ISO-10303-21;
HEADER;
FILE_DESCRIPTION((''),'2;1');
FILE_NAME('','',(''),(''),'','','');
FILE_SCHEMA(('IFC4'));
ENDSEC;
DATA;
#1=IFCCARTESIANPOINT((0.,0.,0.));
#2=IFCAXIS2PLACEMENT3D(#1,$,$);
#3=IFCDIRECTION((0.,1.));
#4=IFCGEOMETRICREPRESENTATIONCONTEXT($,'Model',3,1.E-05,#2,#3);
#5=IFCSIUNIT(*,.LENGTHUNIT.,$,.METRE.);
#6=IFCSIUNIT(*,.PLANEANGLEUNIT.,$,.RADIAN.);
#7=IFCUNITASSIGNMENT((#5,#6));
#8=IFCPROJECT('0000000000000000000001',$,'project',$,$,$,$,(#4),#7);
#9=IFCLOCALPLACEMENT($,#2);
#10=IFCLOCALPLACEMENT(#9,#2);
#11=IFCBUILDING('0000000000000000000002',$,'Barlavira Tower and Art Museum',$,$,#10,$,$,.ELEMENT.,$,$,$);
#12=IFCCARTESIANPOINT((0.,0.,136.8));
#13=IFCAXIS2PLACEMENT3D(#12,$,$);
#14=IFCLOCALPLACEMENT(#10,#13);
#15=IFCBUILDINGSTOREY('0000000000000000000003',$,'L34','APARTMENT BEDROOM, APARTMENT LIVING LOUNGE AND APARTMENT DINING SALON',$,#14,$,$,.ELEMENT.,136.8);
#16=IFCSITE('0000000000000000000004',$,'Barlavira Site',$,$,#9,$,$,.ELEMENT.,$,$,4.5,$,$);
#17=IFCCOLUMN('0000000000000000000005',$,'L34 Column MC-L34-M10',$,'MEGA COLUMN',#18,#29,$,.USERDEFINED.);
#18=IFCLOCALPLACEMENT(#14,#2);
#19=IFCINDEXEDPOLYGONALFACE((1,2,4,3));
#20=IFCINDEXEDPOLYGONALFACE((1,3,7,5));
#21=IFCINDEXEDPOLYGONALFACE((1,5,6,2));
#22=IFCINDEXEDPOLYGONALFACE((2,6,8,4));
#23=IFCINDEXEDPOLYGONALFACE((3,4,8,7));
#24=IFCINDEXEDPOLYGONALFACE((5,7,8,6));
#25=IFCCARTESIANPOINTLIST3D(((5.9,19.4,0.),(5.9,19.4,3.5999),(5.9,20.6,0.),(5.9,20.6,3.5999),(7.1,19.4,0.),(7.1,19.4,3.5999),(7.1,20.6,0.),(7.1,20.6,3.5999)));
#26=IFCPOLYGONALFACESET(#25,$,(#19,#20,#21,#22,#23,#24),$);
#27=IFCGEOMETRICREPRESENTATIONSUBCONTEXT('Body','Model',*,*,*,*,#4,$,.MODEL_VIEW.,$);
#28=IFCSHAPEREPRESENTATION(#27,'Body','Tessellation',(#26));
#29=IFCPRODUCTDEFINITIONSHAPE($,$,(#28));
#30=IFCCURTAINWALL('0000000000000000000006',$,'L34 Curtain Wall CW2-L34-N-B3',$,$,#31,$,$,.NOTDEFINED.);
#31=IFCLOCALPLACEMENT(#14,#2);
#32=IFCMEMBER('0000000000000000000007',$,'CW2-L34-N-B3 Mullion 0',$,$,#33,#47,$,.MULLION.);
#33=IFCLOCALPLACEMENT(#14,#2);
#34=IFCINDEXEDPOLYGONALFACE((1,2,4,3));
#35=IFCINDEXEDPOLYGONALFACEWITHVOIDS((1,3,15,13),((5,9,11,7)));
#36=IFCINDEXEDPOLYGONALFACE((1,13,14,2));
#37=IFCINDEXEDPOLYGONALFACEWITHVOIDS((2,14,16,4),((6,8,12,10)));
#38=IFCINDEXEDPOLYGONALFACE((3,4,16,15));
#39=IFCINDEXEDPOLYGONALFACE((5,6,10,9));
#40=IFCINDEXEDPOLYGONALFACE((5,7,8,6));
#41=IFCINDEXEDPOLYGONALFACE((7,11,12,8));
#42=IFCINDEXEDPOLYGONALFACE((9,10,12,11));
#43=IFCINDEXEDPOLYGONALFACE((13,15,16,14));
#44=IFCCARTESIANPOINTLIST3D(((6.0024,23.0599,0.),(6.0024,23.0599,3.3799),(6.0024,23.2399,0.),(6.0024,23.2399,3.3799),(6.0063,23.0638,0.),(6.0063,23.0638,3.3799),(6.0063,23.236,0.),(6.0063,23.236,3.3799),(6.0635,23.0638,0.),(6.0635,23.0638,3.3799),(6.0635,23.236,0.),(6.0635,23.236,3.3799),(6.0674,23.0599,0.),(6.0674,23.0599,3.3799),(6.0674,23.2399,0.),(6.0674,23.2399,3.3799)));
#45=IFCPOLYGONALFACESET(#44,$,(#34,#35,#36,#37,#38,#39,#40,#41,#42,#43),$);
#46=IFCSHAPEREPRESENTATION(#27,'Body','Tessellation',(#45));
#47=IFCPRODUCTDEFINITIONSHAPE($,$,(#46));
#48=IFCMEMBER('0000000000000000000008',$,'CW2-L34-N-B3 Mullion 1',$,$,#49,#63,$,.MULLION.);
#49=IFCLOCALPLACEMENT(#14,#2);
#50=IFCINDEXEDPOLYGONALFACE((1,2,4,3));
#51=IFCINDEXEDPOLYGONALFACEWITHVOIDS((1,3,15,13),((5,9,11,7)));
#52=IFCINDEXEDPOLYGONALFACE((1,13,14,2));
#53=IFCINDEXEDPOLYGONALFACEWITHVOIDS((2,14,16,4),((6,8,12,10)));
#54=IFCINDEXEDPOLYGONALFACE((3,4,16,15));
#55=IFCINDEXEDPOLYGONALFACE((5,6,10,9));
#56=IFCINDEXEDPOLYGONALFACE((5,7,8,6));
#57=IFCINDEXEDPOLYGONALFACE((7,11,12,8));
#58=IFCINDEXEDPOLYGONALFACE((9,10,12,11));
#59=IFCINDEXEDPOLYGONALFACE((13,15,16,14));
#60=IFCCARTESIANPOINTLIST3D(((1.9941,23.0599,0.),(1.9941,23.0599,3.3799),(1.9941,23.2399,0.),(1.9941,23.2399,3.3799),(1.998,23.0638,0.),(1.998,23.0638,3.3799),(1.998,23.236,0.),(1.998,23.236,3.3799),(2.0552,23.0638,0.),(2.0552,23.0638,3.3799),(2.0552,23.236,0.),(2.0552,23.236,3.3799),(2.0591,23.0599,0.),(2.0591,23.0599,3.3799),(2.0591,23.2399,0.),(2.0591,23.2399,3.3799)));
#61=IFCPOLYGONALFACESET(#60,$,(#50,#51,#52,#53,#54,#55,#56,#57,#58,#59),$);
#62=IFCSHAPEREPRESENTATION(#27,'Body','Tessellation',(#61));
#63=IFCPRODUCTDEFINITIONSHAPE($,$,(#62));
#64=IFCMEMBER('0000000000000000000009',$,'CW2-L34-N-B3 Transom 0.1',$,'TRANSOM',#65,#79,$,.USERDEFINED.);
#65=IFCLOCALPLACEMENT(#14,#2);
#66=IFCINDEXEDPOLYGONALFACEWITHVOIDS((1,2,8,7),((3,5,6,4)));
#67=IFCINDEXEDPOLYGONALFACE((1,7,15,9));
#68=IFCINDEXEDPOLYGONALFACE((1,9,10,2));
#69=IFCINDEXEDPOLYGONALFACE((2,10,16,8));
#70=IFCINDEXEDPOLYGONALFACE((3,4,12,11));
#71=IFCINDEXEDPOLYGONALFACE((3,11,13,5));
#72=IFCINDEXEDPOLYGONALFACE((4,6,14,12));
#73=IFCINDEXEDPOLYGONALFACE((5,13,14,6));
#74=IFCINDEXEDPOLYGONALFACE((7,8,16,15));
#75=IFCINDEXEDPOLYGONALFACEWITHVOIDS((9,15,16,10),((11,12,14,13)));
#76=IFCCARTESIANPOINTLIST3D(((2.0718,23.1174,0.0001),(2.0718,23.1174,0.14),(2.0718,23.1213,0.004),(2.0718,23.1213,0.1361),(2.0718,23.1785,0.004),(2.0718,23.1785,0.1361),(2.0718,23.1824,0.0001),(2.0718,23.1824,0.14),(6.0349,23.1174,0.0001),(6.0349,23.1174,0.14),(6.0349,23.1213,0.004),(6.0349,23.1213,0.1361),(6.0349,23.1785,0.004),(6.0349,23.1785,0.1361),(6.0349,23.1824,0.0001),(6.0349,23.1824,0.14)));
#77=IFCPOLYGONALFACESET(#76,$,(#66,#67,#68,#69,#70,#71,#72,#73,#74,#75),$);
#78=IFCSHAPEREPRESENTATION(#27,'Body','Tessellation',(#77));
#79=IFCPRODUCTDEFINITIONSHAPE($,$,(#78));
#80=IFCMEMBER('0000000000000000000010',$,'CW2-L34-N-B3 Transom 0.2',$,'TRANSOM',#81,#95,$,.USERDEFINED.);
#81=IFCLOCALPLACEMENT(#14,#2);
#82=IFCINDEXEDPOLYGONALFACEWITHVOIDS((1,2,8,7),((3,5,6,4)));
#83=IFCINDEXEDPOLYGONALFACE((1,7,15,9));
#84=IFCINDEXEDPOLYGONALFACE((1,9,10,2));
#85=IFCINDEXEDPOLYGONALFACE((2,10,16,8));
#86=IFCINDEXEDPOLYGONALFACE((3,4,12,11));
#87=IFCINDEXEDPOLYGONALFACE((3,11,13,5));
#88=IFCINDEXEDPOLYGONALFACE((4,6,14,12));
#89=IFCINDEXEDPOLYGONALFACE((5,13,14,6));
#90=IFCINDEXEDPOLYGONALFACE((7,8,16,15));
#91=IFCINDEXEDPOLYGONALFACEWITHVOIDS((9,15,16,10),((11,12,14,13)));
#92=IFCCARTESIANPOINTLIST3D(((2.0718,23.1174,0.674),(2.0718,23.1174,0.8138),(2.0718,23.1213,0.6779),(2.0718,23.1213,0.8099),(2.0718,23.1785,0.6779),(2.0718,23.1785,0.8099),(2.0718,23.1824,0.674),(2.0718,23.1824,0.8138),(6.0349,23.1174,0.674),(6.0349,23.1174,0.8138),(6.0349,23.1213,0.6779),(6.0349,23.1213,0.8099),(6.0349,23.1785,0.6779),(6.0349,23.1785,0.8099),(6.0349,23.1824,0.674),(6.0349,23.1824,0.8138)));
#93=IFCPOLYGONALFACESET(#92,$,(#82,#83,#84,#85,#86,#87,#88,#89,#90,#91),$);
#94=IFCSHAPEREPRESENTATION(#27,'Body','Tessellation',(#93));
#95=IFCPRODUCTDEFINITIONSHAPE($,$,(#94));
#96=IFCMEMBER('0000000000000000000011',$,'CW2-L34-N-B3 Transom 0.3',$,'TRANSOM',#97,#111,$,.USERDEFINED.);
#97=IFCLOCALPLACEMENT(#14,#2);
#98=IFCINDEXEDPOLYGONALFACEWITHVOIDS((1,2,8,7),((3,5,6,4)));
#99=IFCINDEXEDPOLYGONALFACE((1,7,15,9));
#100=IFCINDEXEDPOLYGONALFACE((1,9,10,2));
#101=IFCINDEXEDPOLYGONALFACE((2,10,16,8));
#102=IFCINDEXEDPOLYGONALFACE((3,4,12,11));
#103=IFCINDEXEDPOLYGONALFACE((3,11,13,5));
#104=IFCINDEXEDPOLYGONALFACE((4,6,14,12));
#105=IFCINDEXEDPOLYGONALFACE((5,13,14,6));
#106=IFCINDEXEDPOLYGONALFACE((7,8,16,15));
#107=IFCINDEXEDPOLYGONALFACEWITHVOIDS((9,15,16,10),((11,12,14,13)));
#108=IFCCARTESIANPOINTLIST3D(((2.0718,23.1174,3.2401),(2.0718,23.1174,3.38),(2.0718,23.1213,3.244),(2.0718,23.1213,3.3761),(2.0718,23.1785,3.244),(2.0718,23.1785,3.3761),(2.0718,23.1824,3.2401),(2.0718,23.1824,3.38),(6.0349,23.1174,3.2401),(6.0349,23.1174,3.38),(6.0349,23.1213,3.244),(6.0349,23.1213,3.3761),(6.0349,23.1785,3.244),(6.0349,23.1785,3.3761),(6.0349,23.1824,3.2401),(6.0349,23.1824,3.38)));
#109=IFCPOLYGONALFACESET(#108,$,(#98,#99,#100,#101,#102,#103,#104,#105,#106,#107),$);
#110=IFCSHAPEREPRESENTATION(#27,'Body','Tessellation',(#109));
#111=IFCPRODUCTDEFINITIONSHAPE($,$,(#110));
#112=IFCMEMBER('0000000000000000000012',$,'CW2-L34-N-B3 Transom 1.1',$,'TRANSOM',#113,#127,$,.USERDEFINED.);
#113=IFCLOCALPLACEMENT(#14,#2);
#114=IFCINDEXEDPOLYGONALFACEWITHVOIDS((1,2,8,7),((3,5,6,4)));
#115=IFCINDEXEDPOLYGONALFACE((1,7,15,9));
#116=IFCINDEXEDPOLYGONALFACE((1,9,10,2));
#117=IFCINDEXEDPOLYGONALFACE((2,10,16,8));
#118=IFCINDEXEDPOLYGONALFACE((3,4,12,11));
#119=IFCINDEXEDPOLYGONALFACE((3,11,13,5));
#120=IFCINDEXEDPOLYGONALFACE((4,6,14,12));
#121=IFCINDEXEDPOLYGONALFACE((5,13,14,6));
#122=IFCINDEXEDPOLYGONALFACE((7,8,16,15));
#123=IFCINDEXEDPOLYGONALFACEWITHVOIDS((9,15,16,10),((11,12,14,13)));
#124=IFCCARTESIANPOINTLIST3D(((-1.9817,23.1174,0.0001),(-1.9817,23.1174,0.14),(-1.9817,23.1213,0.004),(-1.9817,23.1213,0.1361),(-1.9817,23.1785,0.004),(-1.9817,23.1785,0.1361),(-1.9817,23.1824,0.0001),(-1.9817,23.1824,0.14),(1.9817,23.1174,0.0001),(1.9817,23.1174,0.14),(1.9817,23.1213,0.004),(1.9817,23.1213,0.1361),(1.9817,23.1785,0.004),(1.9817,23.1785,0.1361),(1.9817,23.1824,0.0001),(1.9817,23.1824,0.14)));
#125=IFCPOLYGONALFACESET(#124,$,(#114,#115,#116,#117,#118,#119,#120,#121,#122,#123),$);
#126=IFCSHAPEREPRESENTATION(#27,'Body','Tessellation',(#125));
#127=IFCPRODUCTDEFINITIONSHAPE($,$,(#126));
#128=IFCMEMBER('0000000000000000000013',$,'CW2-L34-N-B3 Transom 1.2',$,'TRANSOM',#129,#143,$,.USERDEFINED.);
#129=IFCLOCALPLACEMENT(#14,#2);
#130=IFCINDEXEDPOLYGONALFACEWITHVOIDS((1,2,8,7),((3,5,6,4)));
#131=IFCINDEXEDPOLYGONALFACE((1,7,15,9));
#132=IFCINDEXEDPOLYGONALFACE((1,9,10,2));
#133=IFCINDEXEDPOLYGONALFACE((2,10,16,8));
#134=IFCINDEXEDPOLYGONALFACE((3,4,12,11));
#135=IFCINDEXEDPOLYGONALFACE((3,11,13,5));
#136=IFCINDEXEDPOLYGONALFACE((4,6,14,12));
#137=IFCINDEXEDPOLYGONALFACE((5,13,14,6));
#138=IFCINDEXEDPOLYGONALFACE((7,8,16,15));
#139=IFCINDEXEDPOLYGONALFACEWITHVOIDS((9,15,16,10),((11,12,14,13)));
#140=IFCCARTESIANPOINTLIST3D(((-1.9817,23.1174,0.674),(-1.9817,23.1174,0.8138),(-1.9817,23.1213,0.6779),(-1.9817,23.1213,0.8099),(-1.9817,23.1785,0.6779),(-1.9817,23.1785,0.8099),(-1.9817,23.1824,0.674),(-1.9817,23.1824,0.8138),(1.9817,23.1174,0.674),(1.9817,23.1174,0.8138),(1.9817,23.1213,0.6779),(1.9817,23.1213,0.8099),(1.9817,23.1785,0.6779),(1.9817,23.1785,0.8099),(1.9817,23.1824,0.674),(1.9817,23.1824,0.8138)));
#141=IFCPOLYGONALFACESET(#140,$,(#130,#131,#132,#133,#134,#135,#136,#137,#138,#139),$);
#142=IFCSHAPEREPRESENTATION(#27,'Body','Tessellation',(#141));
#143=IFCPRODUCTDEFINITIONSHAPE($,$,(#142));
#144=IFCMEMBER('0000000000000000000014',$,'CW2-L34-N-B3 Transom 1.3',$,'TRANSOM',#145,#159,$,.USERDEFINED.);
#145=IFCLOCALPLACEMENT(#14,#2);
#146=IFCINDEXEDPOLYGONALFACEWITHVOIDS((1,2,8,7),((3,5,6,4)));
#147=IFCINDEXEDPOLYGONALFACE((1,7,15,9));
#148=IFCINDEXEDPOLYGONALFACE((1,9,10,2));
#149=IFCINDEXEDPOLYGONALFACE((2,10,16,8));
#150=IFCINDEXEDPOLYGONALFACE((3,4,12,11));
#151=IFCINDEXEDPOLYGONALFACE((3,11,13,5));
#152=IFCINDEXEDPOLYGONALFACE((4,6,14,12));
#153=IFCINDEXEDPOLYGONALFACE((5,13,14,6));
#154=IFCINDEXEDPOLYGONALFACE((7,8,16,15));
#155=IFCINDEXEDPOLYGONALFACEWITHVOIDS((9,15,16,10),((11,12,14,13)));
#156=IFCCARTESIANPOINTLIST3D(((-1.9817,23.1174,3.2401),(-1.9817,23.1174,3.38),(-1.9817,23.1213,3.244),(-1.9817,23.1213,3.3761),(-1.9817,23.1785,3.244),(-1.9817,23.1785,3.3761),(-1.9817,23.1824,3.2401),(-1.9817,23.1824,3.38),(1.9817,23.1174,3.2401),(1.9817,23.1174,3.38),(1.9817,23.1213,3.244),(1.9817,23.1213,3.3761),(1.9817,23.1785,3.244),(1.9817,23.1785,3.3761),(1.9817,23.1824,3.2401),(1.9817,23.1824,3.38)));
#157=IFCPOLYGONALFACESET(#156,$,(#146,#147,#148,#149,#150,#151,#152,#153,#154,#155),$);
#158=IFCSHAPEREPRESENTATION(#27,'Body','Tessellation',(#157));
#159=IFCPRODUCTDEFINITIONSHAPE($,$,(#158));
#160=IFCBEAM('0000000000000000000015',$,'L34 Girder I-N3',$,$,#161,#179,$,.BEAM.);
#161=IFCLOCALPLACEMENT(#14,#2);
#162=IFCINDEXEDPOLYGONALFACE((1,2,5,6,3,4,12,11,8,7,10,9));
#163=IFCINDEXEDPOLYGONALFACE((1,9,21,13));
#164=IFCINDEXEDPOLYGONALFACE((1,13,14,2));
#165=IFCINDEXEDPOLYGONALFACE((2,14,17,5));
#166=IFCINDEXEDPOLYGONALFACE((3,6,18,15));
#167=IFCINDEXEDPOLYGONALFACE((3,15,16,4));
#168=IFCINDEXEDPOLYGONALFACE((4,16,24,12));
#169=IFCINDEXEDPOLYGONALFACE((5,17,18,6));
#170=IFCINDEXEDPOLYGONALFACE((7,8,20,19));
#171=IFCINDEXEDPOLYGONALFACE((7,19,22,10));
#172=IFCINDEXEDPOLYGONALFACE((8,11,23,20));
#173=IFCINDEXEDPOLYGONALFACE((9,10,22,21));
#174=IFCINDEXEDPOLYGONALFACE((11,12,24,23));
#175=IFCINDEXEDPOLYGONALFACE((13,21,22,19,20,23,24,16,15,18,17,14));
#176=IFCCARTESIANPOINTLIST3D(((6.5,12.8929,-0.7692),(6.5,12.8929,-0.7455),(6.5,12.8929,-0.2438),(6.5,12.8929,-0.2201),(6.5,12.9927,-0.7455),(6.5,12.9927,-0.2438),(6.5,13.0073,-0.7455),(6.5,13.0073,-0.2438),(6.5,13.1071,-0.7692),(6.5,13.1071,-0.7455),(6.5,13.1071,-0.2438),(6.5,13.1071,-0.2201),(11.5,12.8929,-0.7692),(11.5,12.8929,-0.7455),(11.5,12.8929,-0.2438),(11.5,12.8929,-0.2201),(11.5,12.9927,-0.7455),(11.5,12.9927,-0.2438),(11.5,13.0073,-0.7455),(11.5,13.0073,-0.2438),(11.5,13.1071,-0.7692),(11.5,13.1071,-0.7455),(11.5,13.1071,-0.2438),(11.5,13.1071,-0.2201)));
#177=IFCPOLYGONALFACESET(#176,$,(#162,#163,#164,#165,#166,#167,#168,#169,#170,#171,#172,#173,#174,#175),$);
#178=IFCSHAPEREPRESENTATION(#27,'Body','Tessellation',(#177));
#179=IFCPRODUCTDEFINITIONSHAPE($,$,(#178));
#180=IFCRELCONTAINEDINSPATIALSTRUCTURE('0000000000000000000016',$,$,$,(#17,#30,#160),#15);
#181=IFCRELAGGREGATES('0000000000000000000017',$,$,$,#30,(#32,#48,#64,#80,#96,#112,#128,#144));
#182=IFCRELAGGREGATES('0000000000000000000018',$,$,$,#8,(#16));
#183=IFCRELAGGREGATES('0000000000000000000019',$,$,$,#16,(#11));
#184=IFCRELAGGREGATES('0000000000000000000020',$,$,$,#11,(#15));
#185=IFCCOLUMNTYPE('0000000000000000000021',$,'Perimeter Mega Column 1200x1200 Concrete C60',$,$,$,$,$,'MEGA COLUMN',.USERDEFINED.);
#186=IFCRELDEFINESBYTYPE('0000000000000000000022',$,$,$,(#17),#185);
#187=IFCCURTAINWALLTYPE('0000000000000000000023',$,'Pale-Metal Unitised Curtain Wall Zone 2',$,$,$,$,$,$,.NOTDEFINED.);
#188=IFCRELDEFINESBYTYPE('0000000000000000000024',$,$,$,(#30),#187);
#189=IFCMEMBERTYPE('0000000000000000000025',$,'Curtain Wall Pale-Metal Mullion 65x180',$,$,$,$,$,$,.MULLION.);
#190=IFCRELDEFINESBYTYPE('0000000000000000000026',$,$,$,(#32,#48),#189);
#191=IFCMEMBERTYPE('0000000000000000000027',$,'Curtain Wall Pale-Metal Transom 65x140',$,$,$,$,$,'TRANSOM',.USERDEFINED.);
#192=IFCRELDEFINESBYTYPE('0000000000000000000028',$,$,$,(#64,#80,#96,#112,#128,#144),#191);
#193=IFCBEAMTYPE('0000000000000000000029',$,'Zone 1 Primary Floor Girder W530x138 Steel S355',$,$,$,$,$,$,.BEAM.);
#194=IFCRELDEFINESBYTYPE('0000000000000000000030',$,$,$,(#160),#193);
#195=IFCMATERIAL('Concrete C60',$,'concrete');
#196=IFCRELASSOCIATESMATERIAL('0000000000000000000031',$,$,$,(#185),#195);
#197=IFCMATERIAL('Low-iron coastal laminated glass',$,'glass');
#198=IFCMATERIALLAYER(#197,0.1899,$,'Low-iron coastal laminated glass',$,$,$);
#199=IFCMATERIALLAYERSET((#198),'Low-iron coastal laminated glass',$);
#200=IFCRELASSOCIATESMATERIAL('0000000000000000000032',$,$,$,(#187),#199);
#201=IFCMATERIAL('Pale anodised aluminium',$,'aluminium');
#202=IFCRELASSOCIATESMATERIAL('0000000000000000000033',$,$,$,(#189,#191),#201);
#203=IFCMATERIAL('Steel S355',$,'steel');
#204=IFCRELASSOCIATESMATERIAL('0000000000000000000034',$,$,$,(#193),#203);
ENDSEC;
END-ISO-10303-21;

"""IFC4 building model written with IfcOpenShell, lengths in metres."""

from ifc_helpers import new_model, si_unit, direction, frame, origin, origin_2d, place, context, subcontext, project, spatial, rectangle, hollow_rectangle, i_section, extrude, material, layer, layer_set, material_profile, profile_set, type_object, element, aggregate, save


model = new_model("IFC4")

# Units and contexts
model_context = context("Model", 3, precision=1e-05, world=origin(), true_north=direction((0.0, 1.0)))
body_context = subcontext(model_context, "Body", "Model", "MODEL_VIEW")
ifc_project = project(units=[si_unit("LENGTHUNIT", "METRE"), si_unit("PLANEANGLEUNIT", "RADIAN")], contexts=[model_context])

# Site, building, storey
site_placement = place(None, origin())
site = spatial("IfcSite", under=ifc_project, at=site_placement, Name="Barlavira Site", CompositionType="ELEMENT", RefElevation=4.5)
building_placement = place(site_placement, origin())
building = spatial("IfcBuilding", under=site, at=building_placement, Name="Barlavira Tower and Art Museum", CompositionType="ELEMENT")
storey_placement = place(building_placement, frame((0.0, 0.0, 136.8)))
storey = spatial("IfcBuildingStorey", under=building, at=storey_placement, Name="L34", Description="APARTMENT BEDROOM, APARTMENT LIVING LOUNGE AND APARTMENT DINING SALON", CompositionType="ELEMENT", Elevation=136.8)

# Column
ifc_material_1 = material(Name="Concrete C60", Category="concrete")
ifc_material_profile_1 = material_profile(ifc_material_1, rectangle(XDim=1.2, YDim=1.2, at=origin_2d()), Name="RC-COL 1200x1200")
ifc_profile_set_1 = profile_set([ifc_material_profile_1], Name="Concrete C60")
column_type = type_object("IfcColumnType", Name="Perimeter Mega Column 1200x1200 Concrete C60", ElementType="MEGA COLUMN", PredefinedType="USERDEFINED", material=ifc_profile_set_1)
column_placement = place(storey_placement, frame((6.5, 20.0, 0.0), z_axis=(0.0, 0.0, 1.0), x_axis=(1.0, 0.0, 0.0)))
element("IfcColumn", 1, at=column_placement, inside=storey, type_object=column_type, Name="L34 Column MC-L34-M10", ObjectType="MEGA COLUMN", PredefinedType="USERDEFINED", context=body_context, shape_type="SweptSolid", body=[
    extrude(rectangle(XDim=1.2, YDim=1.2, at=origin_2d()), origin(), (0.0, 0.0, 1.0), 3.5999),
])

# Curtain wall, members
ifc_material_2 = material(Name="Low-iron coastal laminated glass", Category="glass")
ifc_layer_1 = layer(ifc_material_2, 0.1899, Name="Low-iron coastal laminated glass")
ifc_layer_set_1 = layer_set([ifc_layer_1], Name="Low-iron coastal laminated glass")
curtain_wall_type = type_object("IfcCurtainWallType", Name="Pale-Metal Unitised Curtain Wall Zone 2", PredefinedType="NOTDEFINED", material=ifc_layer_set_1)
curtain_wall_placement = place(storey_placement, origin())
curtain_wall = element("IfcCurtainWall", 2, at=curtain_wall_placement, inside=storey, type_object=curtain_wall_type, Name="L34 Curtain Wall CW2-L34-N-B3", PredefinedType="NOTDEFINED")
ifc_material_3 = material(Name="Pale anodised aluminium", Category="aluminium")
ifc_material_profile_2 = material_profile(ifc_material_3, hollow_rectangle(XDim=0.0649, YDim=0.1799, WallThickness=0.0039, at=origin_2d()), Name="ALU-MULL 65x180x4")
ifc_profile_set_2 = profile_set([ifc_material_profile_2], Name="Pale anodised aluminium")
member_type_1 = type_object("IfcMemberType", Name="Curtain Wall Pale-Metal Mullion 65x180", PredefinedType="MULLION", material=ifc_profile_set_2)
member_1_placement = place(storey_placement, frame((6.0349, 23.1499, 0.0), z_axis=(0.0, 0.0, 1.0), x_axis=(-1.0, 0.0, 0.0)))
member_1 = element("IfcMember", 3, at=member_1_placement, type_object=member_type_1, Name="CW2-L34-N-B3 Mullion 0", PredefinedType="MULLION", context=body_context, shape_type="SweptSolid", body=[
    extrude(hollow_rectangle(XDim=0.0649, YDim=0.1799, WallThickness=0.0039, at=origin_2d()), origin(), (0.0, 0.0, 1.0), 3.3799),
])
member_2_placement = place(storey_placement, frame((2.0266, 23.1499, 0.0), z_axis=(0.0, 0.0, 1.0), x_axis=(-1.0, 0.0, 0.0)))
member_2 = element("IfcMember", 4, at=member_2_placement, type_object=member_type_1, Name="CW2-L34-N-B3 Mullion 1", PredefinedType="MULLION", context=body_context, shape_type="SweptSolid", body=[
    extrude(hollow_rectangle(XDim=0.0649, YDim=0.1799, WallThickness=0.0039, at=origin_2d()), origin(), (0.0, 0.0, 1.0), 3.3799),
])
ifc_material_profile_3 = material_profile(ifc_material_3, hollow_rectangle(XDim=0.0649, YDim=0.1399, WallThickness=0.0039, at=origin_2d()), Name="ALU-TRAN 65x140x4")
ifc_profile_set_3 = profile_set([ifc_material_profile_3], Name="Pale anodised aluminium")
member_type_2 = type_object("IfcMemberType", Name="Curtain Wall Pale-Metal Transom 65x140", ElementType="TRANSOM", PredefinedType="USERDEFINED", material=ifc_profile_set_3)
member_3_placement = place(storey_placement, frame((6.0349, 23.1499, 0.0701), z_axis=(-1.0, 0.0, 0.0), x_axis=(0.0, -1.0, 0.0)))
member_3 = element("IfcMember", 5, at=member_3_placement, type_object=member_type_2, Name="CW2-L34-N-B3 Transom 0.1", ObjectType="TRANSOM", PredefinedType="USERDEFINED", context=body_context, shape_type="SweptSolid", body=[
    extrude(hollow_rectangle(XDim=0.0649, YDim=0.1399, WallThickness=0.0039, at=origin_2d()), origin(), (0.0, 0.0, 1.0), 3.9631),
])
member_4_placement = place(storey_placement, frame((6.0349, 23.1499, 0.7439), z_axis=(-1.0, 0.0, 0.0), x_axis=(0.0, -1.0, 0.0)))
member_4 = element("IfcMember", 6, at=member_4_placement, type_object=member_type_2, Name="CW2-L34-N-B3 Transom 0.2", ObjectType="TRANSOM", PredefinedType="USERDEFINED", context=body_context, shape_type="SweptSolid", body=[
    extrude(hollow_rectangle(XDim=0.0649, YDim=0.1399, WallThickness=0.0039, at=origin_2d()), origin(), (0.0, 0.0, 1.0), 3.9631),
])
member_5_placement = place(storey_placement, frame((6.0349, 23.1499, 3.3101), z_axis=(-1.0, 0.0, 0.0), x_axis=(0.0, -1.0, 0.0)))
member_5 = element("IfcMember", 7, at=member_5_placement, type_object=member_type_2, Name="CW2-L34-N-B3 Transom 0.3", ObjectType="TRANSOM", PredefinedType="USERDEFINED", context=body_context, shape_type="SweptSolid", body=[
    extrude(hollow_rectangle(XDim=0.0649, YDim=0.1399, WallThickness=0.0039, at=origin_2d()), origin(), (0.0, 0.0, 1.0), 3.9631),
])
member_6_placement = place(storey_placement, frame((1.9817, 23.1499, 0.0701), z_axis=(-1.0, 0.0, 0.0), x_axis=(0.0, -1.0, 0.0)))
member_6 = element("IfcMember", 8, at=member_6_placement, type_object=member_type_2, Name="CW2-L34-N-B3 Transom 1.1", ObjectType="TRANSOM", PredefinedType="USERDEFINED", context=body_context, shape_type="SweptSolid", body=[
    extrude(hollow_rectangle(XDim=0.0649, YDim=0.1399, WallThickness=0.0039, at=origin_2d()), origin(), (0.0, 0.0, 1.0), 3.9634),
])
member_7_placement = place(storey_placement, frame((1.9817, 23.1499, 0.7439), z_axis=(-1.0, 0.0, 0.0), x_axis=(0.0, -1.0, 0.0)))
member_7 = element("IfcMember", 9, at=member_7_placement, type_object=member_type_2, Name="CW2-L34-N-B3 Transom 1.2", ObjectType="TRANSOM", PredefinedType="USERDEFINED", context=body_context, shape_type="SweptSolid", body=[
    extrude(hollow_rectangle(XDim=0.0649, YDim=0.1399, WallThickness=0.0039, at=origin_2d()), origin(), (0.0, 0.0, 1.0), 3.9634),
])
member_8_placement = place(storey_placement, frame((1.9817, 23.1499, 3.3101), z_axis=(-1.0, 0.0, 0.0), x_axis=(0.0, -1.0, 0.0)))
member_8 = element("IfcMember", 10, at=member_8_placement, type_object=member_type_2, Name="CW2-L34-N-B3 Transom 1.3", ObjectType="TRANSOM", PredefinedType="USERDEFINED", context=body_context, shape_type="SweptSolid", body=[
    extrude(hollow_rectangle(XDim=0.0649, YDim=0.1399, WallThickness=0.0039, at=origin_2d()), origin(), (0.0, 0.0, 1.0), 3.9634),
])

# Beam
ifc_material_4 = material(Name="Steel S355", Category="steel")
ifc_material_profile_4 = material_profile(ifc_material_4, i_section(OverallWidth=0.2141, OverallDepth=0.5491, WebThickness=0.0146, FlangeThickness=0.0237, at=origin_2d()), Name="W530x138.0")
ifc_profile_set_4 = profile_set([ifc_material_profile_4], Name="Steel S355")
beam_type = type_object("IfcBeamType", Name="Zone 1 Primary Floor Girder W530x138 Steel S355", PredefinedType="BEAM", material=ifc_profile_set_4)
beam_placement = place(storey_placement, frame((6.5, 13.0, -0.4946), z_axis=(1.0, 0.0, 0.0), x_axis=(0.0, 1.0, 0.0)))
element("IfcBeam", 11, at=beam_placement, inside=storey, type_object=beam_type, Name="L34 Girder I-N3", PredefinedType="BEAM", context=body_context, shape_type="SweptSolid", body=[
    extrude(i_section(OverallWidth=0.2141, OverallDepth=0.5491, WebThickness=0.0146, FlangeThickness=0.0237, at=origin_2d()), origin(), (0.0, 0.0, 1.0), 5.0),
])

aggregate(curtain_wall, [member_1, member_2, member_3, member_4, member_5, member_6, member_7, member_8])

save(model, "model.ifc")
